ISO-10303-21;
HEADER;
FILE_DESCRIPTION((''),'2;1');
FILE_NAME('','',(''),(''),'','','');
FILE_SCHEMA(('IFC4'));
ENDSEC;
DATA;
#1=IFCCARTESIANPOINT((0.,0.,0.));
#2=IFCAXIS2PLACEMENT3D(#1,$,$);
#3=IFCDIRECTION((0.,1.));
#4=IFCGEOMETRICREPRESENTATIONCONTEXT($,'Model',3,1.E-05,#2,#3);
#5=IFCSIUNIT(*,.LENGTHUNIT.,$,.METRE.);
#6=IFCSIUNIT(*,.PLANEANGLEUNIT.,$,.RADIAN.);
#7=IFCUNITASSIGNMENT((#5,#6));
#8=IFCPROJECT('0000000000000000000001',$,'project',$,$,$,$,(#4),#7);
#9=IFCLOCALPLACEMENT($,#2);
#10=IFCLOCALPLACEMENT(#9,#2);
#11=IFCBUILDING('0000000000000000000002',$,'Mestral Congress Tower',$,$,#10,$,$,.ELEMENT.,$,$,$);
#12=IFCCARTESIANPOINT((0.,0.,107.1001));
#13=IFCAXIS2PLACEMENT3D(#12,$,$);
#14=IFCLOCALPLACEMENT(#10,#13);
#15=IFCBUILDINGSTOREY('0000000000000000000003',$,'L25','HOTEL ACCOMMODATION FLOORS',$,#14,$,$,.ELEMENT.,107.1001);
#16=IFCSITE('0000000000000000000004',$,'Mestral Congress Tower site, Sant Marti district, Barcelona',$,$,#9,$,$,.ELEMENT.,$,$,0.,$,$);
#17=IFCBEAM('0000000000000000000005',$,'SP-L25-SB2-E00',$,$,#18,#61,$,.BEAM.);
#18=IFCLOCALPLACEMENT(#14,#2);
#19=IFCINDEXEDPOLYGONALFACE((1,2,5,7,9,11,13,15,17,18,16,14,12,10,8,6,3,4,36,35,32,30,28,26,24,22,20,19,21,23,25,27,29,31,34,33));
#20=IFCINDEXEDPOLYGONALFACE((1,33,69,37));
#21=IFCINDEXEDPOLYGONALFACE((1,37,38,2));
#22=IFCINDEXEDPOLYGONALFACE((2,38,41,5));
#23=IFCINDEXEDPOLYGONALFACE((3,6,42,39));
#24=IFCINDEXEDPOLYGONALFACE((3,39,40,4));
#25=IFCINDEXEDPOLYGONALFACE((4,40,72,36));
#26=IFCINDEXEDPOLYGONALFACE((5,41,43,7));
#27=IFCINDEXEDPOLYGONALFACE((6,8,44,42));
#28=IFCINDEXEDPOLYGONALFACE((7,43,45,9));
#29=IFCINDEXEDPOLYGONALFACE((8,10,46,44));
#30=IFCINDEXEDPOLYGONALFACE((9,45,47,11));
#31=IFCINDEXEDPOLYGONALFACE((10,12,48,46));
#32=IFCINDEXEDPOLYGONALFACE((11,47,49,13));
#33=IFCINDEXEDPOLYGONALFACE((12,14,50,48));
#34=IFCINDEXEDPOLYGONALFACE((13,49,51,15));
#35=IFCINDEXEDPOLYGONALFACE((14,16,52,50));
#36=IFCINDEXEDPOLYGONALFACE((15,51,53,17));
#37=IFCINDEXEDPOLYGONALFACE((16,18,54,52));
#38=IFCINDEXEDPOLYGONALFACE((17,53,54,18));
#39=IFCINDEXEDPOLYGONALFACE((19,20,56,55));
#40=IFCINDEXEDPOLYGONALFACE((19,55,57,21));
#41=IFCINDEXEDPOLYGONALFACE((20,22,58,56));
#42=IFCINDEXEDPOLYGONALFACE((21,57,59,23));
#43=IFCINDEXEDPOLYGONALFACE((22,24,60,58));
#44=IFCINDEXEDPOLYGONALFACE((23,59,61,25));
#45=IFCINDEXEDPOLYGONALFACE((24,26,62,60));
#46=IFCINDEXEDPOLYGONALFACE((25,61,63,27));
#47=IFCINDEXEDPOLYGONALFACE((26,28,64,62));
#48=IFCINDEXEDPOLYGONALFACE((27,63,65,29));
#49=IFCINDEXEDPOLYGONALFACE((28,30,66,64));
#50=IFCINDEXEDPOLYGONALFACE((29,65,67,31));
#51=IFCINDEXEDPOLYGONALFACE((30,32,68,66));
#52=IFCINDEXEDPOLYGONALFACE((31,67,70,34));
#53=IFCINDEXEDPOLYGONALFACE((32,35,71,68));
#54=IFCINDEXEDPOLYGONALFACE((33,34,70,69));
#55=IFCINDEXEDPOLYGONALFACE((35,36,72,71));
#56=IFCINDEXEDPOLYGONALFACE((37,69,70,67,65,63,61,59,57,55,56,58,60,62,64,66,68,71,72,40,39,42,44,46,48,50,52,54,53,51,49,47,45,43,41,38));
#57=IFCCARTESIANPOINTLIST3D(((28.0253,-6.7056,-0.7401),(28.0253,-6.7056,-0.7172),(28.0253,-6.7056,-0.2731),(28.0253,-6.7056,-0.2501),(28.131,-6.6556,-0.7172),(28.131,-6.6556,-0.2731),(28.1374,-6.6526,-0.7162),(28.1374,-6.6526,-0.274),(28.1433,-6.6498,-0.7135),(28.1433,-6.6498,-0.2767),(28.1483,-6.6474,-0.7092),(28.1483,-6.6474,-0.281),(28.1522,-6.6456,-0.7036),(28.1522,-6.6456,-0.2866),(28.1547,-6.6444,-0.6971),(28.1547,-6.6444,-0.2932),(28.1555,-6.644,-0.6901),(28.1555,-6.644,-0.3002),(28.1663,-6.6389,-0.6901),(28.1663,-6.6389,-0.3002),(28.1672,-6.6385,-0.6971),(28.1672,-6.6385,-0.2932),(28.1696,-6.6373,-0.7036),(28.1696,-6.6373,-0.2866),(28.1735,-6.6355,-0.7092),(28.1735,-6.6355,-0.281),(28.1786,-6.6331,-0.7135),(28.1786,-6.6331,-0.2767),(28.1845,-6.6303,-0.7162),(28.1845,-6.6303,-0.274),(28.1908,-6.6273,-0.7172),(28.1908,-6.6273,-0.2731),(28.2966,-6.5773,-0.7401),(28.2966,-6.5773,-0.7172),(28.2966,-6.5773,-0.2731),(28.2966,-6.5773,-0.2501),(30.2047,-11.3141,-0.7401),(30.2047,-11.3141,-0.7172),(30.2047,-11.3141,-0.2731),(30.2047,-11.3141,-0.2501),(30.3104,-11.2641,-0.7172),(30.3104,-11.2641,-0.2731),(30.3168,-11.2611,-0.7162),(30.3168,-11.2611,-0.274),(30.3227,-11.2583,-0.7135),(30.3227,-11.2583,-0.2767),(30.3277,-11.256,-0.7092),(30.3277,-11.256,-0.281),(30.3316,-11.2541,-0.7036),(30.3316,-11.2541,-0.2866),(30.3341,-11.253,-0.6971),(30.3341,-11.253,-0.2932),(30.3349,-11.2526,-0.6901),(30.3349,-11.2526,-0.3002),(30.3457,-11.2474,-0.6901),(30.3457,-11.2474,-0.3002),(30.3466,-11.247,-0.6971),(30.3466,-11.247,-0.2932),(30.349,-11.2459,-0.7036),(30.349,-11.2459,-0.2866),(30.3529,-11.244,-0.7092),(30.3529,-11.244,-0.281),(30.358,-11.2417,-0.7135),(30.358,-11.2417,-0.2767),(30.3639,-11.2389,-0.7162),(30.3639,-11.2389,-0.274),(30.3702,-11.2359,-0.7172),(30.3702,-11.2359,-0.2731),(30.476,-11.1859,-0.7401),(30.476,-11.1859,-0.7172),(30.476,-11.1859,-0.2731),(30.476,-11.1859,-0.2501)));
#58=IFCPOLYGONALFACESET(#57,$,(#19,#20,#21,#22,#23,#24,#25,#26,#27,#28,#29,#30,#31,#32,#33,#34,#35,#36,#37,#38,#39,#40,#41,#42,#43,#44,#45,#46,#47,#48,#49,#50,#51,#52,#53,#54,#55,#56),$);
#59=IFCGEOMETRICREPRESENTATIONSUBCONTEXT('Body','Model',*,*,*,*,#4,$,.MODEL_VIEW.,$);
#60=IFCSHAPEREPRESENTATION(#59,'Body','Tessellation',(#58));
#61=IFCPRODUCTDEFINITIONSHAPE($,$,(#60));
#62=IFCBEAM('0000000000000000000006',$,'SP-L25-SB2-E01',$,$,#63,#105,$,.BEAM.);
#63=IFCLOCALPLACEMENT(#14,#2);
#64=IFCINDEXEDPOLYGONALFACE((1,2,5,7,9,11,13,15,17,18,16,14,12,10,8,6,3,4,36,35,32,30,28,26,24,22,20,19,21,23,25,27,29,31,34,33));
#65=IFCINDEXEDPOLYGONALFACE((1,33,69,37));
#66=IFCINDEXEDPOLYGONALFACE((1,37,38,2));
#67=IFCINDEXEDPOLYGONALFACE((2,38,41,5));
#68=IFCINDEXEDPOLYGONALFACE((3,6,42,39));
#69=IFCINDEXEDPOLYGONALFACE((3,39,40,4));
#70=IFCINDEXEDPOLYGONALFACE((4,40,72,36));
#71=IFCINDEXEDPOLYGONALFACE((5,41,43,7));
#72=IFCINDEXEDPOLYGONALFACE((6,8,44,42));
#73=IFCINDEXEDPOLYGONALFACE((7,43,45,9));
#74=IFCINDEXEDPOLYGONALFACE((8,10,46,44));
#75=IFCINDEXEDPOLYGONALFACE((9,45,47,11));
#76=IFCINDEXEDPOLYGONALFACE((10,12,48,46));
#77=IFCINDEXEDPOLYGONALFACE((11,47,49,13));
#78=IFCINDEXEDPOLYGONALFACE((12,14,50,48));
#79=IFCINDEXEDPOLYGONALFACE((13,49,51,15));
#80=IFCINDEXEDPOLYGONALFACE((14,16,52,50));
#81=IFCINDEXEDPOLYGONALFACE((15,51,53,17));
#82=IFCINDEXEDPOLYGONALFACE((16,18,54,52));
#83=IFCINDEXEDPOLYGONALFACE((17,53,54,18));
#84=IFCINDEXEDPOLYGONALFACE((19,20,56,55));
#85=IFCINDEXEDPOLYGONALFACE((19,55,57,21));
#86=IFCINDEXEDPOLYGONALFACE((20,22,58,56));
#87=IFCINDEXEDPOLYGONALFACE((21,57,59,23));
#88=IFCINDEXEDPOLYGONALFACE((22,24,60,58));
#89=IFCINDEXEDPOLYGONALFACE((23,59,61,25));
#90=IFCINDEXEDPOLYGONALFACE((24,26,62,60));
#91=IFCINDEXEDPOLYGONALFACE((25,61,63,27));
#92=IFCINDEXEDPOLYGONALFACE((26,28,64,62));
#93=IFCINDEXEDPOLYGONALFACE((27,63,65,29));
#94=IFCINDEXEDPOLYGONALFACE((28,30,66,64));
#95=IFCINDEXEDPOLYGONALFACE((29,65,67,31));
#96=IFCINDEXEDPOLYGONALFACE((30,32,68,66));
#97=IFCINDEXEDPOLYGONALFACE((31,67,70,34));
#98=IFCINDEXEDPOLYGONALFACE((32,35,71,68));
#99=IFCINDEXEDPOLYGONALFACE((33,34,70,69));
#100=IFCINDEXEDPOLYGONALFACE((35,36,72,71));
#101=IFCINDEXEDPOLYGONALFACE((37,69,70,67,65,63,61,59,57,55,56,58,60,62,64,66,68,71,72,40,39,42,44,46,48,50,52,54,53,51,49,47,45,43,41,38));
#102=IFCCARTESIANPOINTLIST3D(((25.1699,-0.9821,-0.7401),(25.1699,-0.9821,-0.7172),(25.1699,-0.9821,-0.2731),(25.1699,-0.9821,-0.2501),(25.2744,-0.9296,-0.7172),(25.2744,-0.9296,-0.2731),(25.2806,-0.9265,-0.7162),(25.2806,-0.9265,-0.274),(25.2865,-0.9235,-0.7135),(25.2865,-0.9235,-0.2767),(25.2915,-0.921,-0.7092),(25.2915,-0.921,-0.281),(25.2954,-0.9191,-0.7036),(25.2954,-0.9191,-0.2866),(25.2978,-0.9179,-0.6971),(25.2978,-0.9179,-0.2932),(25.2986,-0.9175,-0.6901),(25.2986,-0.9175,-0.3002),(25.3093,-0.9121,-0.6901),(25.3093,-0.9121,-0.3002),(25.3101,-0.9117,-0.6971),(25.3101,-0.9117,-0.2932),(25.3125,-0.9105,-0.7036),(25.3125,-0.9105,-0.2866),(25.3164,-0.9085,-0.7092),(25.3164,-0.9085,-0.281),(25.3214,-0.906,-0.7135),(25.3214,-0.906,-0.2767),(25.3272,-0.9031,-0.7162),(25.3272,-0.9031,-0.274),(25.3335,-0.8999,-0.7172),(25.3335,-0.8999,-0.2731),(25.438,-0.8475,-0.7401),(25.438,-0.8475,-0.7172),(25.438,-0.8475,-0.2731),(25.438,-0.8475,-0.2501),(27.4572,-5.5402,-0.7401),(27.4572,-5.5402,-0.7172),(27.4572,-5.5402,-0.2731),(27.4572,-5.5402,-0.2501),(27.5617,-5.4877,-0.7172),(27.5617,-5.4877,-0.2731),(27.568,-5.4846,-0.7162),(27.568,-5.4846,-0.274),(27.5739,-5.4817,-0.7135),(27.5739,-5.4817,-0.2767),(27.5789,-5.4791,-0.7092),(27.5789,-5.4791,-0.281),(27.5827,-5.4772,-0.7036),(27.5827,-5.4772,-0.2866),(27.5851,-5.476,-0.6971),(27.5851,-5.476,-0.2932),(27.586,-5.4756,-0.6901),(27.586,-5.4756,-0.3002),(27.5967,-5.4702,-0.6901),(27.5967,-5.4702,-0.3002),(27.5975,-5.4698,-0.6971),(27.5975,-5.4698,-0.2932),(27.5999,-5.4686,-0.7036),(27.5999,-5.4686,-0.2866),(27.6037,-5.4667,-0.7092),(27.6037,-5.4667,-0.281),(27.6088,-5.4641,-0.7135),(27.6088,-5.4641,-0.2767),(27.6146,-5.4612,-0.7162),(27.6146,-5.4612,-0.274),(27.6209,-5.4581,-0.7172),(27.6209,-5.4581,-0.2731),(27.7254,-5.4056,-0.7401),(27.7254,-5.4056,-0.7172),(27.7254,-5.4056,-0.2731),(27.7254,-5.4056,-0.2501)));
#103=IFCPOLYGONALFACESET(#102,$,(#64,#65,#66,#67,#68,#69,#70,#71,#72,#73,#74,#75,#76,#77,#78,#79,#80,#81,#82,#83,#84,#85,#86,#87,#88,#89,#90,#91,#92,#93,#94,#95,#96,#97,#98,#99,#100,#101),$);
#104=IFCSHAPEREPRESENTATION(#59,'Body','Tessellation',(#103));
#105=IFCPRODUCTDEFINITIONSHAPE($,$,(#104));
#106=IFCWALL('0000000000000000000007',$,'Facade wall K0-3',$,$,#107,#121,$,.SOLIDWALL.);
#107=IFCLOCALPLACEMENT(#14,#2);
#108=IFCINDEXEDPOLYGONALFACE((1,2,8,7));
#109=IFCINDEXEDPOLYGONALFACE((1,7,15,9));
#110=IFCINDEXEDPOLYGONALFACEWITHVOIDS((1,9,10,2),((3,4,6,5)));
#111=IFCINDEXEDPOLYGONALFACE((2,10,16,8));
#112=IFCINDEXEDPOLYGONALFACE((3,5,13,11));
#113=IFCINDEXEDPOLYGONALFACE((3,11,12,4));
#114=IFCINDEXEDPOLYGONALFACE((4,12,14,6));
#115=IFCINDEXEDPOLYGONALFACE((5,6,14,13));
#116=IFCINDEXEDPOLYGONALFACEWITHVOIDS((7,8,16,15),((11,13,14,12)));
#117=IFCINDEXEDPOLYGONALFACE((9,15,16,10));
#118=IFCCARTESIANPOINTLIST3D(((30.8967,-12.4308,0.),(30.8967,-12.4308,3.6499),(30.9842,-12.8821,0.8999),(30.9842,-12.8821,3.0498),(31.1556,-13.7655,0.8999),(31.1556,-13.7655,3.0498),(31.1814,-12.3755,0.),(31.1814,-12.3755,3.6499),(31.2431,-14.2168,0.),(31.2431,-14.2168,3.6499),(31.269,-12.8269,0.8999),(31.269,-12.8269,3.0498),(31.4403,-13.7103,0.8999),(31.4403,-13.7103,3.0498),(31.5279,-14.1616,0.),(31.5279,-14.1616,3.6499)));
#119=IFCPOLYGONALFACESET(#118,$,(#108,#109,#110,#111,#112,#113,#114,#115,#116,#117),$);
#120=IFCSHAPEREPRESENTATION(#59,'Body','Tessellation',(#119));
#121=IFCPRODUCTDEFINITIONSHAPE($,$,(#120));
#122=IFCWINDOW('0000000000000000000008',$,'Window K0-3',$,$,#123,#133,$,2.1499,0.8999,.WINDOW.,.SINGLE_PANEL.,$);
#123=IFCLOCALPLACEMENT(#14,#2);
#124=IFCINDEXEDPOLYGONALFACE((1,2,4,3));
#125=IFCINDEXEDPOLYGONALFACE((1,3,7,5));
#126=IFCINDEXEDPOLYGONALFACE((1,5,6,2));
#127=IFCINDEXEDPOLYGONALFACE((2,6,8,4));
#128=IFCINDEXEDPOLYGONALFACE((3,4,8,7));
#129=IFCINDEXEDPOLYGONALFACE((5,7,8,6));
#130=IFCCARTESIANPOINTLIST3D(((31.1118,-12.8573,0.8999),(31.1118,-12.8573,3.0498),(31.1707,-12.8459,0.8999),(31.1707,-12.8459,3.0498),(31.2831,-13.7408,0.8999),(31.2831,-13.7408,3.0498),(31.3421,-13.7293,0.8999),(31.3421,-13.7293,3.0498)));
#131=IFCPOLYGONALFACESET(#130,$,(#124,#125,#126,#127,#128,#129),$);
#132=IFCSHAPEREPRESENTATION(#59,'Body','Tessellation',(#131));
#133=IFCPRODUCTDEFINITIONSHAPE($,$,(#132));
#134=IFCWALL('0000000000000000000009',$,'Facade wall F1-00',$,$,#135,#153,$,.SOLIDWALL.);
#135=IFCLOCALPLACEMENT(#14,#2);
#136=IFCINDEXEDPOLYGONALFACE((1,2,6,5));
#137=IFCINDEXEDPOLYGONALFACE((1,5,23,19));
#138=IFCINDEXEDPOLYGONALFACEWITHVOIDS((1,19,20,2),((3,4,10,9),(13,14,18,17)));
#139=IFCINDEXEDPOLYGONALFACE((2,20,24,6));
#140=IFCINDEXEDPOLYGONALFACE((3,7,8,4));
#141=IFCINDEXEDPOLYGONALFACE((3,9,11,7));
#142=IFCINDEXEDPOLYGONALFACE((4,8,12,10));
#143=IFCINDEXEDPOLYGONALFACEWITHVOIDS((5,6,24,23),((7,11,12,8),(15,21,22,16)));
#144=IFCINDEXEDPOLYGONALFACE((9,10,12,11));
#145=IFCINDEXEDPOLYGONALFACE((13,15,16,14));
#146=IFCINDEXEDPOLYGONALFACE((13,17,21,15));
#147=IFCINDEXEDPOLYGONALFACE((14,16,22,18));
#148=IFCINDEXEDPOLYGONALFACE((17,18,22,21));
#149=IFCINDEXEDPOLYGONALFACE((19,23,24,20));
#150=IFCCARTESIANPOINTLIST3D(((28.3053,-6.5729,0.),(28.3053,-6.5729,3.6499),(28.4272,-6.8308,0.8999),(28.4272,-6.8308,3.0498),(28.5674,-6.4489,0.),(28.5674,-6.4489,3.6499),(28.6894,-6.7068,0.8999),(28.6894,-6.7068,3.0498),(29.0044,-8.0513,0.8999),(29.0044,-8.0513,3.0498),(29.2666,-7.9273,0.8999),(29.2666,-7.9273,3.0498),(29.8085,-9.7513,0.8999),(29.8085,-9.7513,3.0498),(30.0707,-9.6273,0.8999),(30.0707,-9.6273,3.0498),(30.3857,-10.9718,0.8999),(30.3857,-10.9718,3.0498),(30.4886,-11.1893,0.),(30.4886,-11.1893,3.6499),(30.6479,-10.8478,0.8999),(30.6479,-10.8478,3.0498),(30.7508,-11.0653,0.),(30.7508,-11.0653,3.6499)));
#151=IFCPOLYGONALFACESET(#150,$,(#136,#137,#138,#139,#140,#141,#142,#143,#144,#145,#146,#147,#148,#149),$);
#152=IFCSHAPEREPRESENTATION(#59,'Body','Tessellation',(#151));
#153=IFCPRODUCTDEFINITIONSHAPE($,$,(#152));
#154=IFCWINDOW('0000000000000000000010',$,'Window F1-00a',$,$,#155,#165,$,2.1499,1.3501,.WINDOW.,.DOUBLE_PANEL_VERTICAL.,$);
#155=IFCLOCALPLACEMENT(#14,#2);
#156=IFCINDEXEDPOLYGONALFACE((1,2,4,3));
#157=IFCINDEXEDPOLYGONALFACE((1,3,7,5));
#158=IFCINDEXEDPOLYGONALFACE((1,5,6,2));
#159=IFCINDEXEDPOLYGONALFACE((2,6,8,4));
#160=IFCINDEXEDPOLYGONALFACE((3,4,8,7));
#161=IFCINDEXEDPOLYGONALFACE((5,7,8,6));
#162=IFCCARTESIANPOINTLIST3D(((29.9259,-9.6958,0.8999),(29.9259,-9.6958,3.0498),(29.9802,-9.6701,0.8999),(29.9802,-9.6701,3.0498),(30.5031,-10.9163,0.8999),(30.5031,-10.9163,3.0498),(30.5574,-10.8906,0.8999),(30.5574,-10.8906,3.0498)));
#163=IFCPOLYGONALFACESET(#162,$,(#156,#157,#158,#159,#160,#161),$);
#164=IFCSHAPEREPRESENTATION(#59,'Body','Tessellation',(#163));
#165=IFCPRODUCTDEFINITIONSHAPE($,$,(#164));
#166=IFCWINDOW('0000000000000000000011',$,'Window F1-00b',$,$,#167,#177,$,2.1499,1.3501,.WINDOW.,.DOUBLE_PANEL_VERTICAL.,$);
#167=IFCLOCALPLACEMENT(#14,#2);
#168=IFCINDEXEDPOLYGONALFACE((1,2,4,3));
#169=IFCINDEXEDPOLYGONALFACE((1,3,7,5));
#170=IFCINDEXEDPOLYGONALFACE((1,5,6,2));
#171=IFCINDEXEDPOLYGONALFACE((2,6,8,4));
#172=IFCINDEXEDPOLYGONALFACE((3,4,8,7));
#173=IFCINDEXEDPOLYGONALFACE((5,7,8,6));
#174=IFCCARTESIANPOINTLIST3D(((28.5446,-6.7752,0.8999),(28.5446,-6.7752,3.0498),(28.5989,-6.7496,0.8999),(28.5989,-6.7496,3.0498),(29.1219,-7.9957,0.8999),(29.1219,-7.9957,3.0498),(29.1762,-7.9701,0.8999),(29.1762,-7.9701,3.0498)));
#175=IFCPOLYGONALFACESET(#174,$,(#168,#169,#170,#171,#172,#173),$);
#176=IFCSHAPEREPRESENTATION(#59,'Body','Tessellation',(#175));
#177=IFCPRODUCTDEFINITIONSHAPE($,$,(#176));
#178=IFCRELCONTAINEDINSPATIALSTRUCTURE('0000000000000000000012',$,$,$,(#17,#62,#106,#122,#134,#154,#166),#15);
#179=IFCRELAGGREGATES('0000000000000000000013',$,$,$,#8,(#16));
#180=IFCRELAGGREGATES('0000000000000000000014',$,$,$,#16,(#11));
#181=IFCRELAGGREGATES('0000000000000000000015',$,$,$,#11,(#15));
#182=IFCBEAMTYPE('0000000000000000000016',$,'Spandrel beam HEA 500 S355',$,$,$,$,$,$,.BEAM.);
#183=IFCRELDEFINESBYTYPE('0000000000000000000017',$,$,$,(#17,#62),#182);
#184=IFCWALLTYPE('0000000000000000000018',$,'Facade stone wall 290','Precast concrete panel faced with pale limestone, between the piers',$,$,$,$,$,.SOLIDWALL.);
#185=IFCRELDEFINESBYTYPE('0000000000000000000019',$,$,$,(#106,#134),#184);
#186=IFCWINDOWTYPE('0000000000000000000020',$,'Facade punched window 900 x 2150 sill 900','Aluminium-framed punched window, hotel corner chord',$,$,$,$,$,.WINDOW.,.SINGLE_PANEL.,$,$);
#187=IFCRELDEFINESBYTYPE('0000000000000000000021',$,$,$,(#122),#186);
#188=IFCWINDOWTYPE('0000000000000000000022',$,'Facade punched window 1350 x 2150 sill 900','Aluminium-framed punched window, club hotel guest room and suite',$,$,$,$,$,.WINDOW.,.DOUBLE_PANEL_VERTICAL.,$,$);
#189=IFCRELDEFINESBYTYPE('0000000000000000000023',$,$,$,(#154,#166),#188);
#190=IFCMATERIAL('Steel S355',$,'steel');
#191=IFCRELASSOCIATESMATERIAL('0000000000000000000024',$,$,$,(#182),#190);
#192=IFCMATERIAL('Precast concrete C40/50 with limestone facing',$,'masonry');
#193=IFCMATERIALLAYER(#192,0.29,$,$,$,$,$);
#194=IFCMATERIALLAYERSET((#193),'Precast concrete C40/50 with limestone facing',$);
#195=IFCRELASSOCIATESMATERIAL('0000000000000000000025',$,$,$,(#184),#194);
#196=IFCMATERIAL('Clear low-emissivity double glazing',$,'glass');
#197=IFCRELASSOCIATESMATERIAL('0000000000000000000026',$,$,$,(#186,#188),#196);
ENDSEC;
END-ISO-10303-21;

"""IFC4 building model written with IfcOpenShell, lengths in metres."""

from ifc_helpers import new_model, si_unit, direction, frame, frame_2d, origin, origin_2d, place, context, subcontext, project, spatial, rectangle, i_section, extrude, material, layer, layer_set, material_profile, profile_set, type_object, element, fill, save


model = new_model("IFC4")

# Units and contexts
model_context = context("Model", 3, precision=1e-05, world=origin(), true_north=direction((0.0, 1.0)))
body_context = subcontext(model_context, "Body", "Model", "MODEL_VIEW")
ifc_project = project(units=[si_unit("LENGTHUNIT", "METRE"), si_unit("PLANEANGLEUNIT", "RADIAN")], contexts=[model_context])

# Site, building, storey
site_placement = place(None, origin())
site = spatial("IfcSite", under=ifc_project, at=site_placement, Name="Mestral Congress Tower site, Sant Marti district, Barcelona", CompositionType="ELEMENT", RefElevation=0.0)
building_placement = place(site_placement, origin())
building = spatial("IfcBuilding", under=site, at=building_placement, Name="Mestral Congress Tower", CompositionType="ELEMENT")
storey_placement = place(building_placement, frame((0.0, 0.0, 107.1001)))
storey = spatial("IfcBuildingStorey", under=building, at=storey_placement, Name="L25", Description="HOTEL ACCOMMODATION FLOORS", CompositionType="ELEMENT", Elevation=107.1001)

# Beams
ifc_material_1 = material(Name="Steel S355", Category="steel")
ifc_material_profile_1 = material_profile(ifc_material_1, i_section(OverallWidth=0.3, OverallDepth=0.49, WebThickness=0.012, FlangeThickness=0.0229, FilletRadius=0.0271, at=origin_2d()), Name="HEA 500")
ifc_profile_set_1 = profile_set([ifc_material_profile_1], Name="Steel S355")
beam_type_1 = type_object("IfcBeamType", Name="Spandrel beam HEA 500 S355", PredefinedType="BEAM", material=ifc_profile_set_1)
beam_1_placement = place(storey_placement, frame((30.3403, -11.25, -0.4951), z_axis=(-0.42751, 0.904011, 0.0), x_axis=(-0.904011, -0.42751, 0.0)))
element("IfcBeam", 1, at=beam_1_placement, inside=storey, type_object=beam_type_1, Name="SP-L25-SB2-E00", PredefinedType="BEAM", context=body_context, shape_type="SweptSolid", body=[
    extrude(i_section(OverallWidth=0.3, OverallDepth=0.49, WebThickness=0.012, FlangeThickness=0.0229, FilletRadius=0.0271, at=origin_2d()), origin(), (0.0, 0.0, 1.0), 5.0979),
])
beam_2_placement = place(storey_placement, frame((27.5913, -5.4729, -0.4951), z_axis=(-0.448515, 0.893775, 0.0), x_axis=(-0.893775, -0.448515, 0.0)))
element("IfcBeam", 2, at=beam_2_placement, inside=storey, type_object=beam_type_1, Name="SP-L25-SB2-E01", PredefinedType="BEAM", context=body_context, shape_type="SweptSolid", body=[
    extrude(i_section(OverallWidth=0.3, OverallDepth=0.49, WebThickness=0.012, FlangeThickness=0.0229, FilletRadius=0.0271, at=origin_2d()), origin(), (0.0, 0.0, 1.0), 5.0999),
])

# Wall, opening, window
ifc_material_2 = material(Name="Precast concrete C40/50 with limestone facing", Category="masonry")
ifc_layer_1 = layer(ifc_material_2, 0.29)
ifc_layer_set_1 = layer_set([ifc_layer_1], Name="Precast concrete C40/50 with limestone facing")
wall_type_1 = type_object("IfcWallType", Name="Facade stone wall 290", Description="Precast concrete panel faced with pale limestone, between the piers", PredefinedType="SOLIDWALL", material=ifc_layer_set_1)
wall_1_placement = place(storey_placement, frame((31.3855, -14.1892, 0.0), z_axis=(0.0, 0.0, 1.0), x_axis=(-0.19041, 0.981705, 0.0)))
wall_1 = element("IfcWall", 3, at=wall_1_placement, inside=storey, type_object=wall_type_1, Name="Facade wall K0-3", PredefinedType="SOLIDWALL", context=body_context, shape_type="SweptSolid", body=[
    extrude(rectangle(XDim=1.8193, YDim=0.29, at=frame_2d((0.9097, 0.0))), origin(), (0.0, 0.0, 1.0), 3.6499),
])
opening_1_placement = place(wall_1_placement, frame((0.4597, 0.0, 0.8999)))
opening_1 = element("IfcOpeningElement", 4, at=opening_1_placement, cuts=wall_1, PredefinedType="OPENING", context=body_context, shape_type="SweptSolid", body=[
    extrude(rectangle(XDim=0.8999, YDim=2.1499, at=frame_2d((0.45, 1.075))), frame((0.0, 0.155, 0.0), z_axis=(0.0, -1.0, 0.0), x_axis=(1.0, 0.0, 0.0)), (0.0, 0.0, 1.0), 0.3101),
])
ifc_material_3 = material(Name="Clear low-emissivity double glazing", Category="glass")
window_type_1 = type_object("IfcWindowType", Name="Facade punched window 900 x 2150 sill 900", Description="Aluminium-framed punched window, hotel corner chord", PartitioningType="SINGLE_PANEL", PredefinedType="WINDOW", material=ifc_material_3)
window_1_placement = place(opening_1_placement, origin())
window_1 = element("IfcWindow", 5, at=window_1_placement, inside=storey, type_object=window_type_1, Name="Window K0-3", OverallHeight=2.1499, OverallWidth=0.8999, PartitioningType="SINGLE_PANEL", PredefinedType="WINDOW", context=body_context, shape_type="SweptSolid", body=[
    extrude(rectangle(XDim=0.8999, YDim=2.1499, at=frame_2d((0.45, 1.075))), frame((0.0, 0.0151, 0.0), z_axis=(0.0, -1.0, 0.0), x_axis=(1.0, 0.0, 0.0)), (0.0, 0.0, 1.0), 0.0601),
])
fill(opening_1, window_1)

# Wall, openings, windows
wall_2_placement = place(storey_placement, frame((30.6196, -11.1272, 0.0), z_axis=(0.0, 0.0, 1.0), x_axis=(-0.427544, 0.903995, 0.0)))
wall_2 = element("IfcWall", 6, at=wall_2_placement, inside=storey, type_object=wall_type_1, Name="Facade wall F1-00", PredefinedType="SOLIDWALL", context=body_context, shape_type="SweptSolid", body=[
    extrude(rectangle(XDim=5.1067, YDim=0.29, at=frame_2d((2.5532, 0.0))), origin(), (0.0, 0.0, 1.0), 3.6499),
])
opening_2_placement = place(wall_2_placement, frame((0.2405, 0.0, 0.8999)))
opening_2 = element("IfcOpeningElement", 7, at=opening_2_placement, cuts=wall_2, PredefinedType="OPENING", context=body_context, shape_type="SweptSolid", body=[
    extrude(rectangle(XDim=1.3501, YDim=2.1499, at=frame_2d((0.675, 1.075))), frame((0.0, 0.155, 0.0), z_axis=(0.0, -1.0, 0.0), x_axis=(1.0, 0.0, 0.0)), (0.0, 0.0, 1.0), 0.3101),
])
opening_3_placement = place(wall_2_placement, frame((3.4712, 0.0, 0.8999)))
opening_3 = element("IfcOpeningElement", 8, at=opening_3_placement, cuts=wall_2, PredefinedType="OPENING", context=body_context, shape_type="SweptSolid", body=[
    extrude(rectangle(XDim=1.3501, YDim=2.1499, at=frame_2d((0.675, 1.075))), frame((0.0, 0.155, 0.0), z_axis=(0.0, -1.0, 0.0), x_axis=(1.0, 0.0, 0.0)), (0.0, 0.0, 1.0), 0.3101),
])
window_type_2 = type_object("IfcWindowType", Name="Facade punched window 1350 x 2150 sill 900", Description="Aluminium-framed punched window, club hotel guest room and suite", PartitioningType="DOUBLE_PANEL_VERTICAL", PredefinedType="WINDOW", material=ifc_material_3)
window_2_placement = place(opening_2_placement, origin())
window_2 = element("IfcWindow", 9, at=window_2_placement, inside=storey, type_object=window_type_2, Name="Window F1-00a", OverallHeight=2.1499, OverallWidth=1.3501, PartitioningType="DOUBLE_PANEL_VERTICAL", PredefinedType="WINDOW", context=body_context, shape_type="SweptSolid", body=[
    extrude(rectangle(XDim=1.3501, YDim=2.1499, at=frame_2d((0.675, 1.075))), frame((0.0, 0.0151, 0.0), z_axis=(0.0, -1.0, 0.0), x_axis=(1.0, 0.0, 0.0)), (0.0, 0.0, 1.0), 0.0601),
])
fill(opening_2, window_2)
window_3_placement = place(opening_3_placement, origin())
window_3 = element("IfcWindow", 10, at=window_3_placement, inside=storey, type_object=window_type_2, Name="Window F1-00b", OverallHeight=2.1499, OverallWidth=1.3501, PartitioningType="DOUBLE_PANEL_VERTICAL", PredefinedType="WINDOW", context=body_context, shape_type="SweptSolid", body=[
    extrude(rectangle(XDim=1.3501, YDim=2.1499, at=frame_2d((0.675, 1.075))), frame((0.0, 0.0151, 0.0), z_axis=(0.0, -1.0, 0.0), x_axis=(1.0, 0.0, 0.0)), (0.0, 0.0, 1.0), 0.0601),
])
fill(opening_3, window_3)

save(model, "model.ifc")
